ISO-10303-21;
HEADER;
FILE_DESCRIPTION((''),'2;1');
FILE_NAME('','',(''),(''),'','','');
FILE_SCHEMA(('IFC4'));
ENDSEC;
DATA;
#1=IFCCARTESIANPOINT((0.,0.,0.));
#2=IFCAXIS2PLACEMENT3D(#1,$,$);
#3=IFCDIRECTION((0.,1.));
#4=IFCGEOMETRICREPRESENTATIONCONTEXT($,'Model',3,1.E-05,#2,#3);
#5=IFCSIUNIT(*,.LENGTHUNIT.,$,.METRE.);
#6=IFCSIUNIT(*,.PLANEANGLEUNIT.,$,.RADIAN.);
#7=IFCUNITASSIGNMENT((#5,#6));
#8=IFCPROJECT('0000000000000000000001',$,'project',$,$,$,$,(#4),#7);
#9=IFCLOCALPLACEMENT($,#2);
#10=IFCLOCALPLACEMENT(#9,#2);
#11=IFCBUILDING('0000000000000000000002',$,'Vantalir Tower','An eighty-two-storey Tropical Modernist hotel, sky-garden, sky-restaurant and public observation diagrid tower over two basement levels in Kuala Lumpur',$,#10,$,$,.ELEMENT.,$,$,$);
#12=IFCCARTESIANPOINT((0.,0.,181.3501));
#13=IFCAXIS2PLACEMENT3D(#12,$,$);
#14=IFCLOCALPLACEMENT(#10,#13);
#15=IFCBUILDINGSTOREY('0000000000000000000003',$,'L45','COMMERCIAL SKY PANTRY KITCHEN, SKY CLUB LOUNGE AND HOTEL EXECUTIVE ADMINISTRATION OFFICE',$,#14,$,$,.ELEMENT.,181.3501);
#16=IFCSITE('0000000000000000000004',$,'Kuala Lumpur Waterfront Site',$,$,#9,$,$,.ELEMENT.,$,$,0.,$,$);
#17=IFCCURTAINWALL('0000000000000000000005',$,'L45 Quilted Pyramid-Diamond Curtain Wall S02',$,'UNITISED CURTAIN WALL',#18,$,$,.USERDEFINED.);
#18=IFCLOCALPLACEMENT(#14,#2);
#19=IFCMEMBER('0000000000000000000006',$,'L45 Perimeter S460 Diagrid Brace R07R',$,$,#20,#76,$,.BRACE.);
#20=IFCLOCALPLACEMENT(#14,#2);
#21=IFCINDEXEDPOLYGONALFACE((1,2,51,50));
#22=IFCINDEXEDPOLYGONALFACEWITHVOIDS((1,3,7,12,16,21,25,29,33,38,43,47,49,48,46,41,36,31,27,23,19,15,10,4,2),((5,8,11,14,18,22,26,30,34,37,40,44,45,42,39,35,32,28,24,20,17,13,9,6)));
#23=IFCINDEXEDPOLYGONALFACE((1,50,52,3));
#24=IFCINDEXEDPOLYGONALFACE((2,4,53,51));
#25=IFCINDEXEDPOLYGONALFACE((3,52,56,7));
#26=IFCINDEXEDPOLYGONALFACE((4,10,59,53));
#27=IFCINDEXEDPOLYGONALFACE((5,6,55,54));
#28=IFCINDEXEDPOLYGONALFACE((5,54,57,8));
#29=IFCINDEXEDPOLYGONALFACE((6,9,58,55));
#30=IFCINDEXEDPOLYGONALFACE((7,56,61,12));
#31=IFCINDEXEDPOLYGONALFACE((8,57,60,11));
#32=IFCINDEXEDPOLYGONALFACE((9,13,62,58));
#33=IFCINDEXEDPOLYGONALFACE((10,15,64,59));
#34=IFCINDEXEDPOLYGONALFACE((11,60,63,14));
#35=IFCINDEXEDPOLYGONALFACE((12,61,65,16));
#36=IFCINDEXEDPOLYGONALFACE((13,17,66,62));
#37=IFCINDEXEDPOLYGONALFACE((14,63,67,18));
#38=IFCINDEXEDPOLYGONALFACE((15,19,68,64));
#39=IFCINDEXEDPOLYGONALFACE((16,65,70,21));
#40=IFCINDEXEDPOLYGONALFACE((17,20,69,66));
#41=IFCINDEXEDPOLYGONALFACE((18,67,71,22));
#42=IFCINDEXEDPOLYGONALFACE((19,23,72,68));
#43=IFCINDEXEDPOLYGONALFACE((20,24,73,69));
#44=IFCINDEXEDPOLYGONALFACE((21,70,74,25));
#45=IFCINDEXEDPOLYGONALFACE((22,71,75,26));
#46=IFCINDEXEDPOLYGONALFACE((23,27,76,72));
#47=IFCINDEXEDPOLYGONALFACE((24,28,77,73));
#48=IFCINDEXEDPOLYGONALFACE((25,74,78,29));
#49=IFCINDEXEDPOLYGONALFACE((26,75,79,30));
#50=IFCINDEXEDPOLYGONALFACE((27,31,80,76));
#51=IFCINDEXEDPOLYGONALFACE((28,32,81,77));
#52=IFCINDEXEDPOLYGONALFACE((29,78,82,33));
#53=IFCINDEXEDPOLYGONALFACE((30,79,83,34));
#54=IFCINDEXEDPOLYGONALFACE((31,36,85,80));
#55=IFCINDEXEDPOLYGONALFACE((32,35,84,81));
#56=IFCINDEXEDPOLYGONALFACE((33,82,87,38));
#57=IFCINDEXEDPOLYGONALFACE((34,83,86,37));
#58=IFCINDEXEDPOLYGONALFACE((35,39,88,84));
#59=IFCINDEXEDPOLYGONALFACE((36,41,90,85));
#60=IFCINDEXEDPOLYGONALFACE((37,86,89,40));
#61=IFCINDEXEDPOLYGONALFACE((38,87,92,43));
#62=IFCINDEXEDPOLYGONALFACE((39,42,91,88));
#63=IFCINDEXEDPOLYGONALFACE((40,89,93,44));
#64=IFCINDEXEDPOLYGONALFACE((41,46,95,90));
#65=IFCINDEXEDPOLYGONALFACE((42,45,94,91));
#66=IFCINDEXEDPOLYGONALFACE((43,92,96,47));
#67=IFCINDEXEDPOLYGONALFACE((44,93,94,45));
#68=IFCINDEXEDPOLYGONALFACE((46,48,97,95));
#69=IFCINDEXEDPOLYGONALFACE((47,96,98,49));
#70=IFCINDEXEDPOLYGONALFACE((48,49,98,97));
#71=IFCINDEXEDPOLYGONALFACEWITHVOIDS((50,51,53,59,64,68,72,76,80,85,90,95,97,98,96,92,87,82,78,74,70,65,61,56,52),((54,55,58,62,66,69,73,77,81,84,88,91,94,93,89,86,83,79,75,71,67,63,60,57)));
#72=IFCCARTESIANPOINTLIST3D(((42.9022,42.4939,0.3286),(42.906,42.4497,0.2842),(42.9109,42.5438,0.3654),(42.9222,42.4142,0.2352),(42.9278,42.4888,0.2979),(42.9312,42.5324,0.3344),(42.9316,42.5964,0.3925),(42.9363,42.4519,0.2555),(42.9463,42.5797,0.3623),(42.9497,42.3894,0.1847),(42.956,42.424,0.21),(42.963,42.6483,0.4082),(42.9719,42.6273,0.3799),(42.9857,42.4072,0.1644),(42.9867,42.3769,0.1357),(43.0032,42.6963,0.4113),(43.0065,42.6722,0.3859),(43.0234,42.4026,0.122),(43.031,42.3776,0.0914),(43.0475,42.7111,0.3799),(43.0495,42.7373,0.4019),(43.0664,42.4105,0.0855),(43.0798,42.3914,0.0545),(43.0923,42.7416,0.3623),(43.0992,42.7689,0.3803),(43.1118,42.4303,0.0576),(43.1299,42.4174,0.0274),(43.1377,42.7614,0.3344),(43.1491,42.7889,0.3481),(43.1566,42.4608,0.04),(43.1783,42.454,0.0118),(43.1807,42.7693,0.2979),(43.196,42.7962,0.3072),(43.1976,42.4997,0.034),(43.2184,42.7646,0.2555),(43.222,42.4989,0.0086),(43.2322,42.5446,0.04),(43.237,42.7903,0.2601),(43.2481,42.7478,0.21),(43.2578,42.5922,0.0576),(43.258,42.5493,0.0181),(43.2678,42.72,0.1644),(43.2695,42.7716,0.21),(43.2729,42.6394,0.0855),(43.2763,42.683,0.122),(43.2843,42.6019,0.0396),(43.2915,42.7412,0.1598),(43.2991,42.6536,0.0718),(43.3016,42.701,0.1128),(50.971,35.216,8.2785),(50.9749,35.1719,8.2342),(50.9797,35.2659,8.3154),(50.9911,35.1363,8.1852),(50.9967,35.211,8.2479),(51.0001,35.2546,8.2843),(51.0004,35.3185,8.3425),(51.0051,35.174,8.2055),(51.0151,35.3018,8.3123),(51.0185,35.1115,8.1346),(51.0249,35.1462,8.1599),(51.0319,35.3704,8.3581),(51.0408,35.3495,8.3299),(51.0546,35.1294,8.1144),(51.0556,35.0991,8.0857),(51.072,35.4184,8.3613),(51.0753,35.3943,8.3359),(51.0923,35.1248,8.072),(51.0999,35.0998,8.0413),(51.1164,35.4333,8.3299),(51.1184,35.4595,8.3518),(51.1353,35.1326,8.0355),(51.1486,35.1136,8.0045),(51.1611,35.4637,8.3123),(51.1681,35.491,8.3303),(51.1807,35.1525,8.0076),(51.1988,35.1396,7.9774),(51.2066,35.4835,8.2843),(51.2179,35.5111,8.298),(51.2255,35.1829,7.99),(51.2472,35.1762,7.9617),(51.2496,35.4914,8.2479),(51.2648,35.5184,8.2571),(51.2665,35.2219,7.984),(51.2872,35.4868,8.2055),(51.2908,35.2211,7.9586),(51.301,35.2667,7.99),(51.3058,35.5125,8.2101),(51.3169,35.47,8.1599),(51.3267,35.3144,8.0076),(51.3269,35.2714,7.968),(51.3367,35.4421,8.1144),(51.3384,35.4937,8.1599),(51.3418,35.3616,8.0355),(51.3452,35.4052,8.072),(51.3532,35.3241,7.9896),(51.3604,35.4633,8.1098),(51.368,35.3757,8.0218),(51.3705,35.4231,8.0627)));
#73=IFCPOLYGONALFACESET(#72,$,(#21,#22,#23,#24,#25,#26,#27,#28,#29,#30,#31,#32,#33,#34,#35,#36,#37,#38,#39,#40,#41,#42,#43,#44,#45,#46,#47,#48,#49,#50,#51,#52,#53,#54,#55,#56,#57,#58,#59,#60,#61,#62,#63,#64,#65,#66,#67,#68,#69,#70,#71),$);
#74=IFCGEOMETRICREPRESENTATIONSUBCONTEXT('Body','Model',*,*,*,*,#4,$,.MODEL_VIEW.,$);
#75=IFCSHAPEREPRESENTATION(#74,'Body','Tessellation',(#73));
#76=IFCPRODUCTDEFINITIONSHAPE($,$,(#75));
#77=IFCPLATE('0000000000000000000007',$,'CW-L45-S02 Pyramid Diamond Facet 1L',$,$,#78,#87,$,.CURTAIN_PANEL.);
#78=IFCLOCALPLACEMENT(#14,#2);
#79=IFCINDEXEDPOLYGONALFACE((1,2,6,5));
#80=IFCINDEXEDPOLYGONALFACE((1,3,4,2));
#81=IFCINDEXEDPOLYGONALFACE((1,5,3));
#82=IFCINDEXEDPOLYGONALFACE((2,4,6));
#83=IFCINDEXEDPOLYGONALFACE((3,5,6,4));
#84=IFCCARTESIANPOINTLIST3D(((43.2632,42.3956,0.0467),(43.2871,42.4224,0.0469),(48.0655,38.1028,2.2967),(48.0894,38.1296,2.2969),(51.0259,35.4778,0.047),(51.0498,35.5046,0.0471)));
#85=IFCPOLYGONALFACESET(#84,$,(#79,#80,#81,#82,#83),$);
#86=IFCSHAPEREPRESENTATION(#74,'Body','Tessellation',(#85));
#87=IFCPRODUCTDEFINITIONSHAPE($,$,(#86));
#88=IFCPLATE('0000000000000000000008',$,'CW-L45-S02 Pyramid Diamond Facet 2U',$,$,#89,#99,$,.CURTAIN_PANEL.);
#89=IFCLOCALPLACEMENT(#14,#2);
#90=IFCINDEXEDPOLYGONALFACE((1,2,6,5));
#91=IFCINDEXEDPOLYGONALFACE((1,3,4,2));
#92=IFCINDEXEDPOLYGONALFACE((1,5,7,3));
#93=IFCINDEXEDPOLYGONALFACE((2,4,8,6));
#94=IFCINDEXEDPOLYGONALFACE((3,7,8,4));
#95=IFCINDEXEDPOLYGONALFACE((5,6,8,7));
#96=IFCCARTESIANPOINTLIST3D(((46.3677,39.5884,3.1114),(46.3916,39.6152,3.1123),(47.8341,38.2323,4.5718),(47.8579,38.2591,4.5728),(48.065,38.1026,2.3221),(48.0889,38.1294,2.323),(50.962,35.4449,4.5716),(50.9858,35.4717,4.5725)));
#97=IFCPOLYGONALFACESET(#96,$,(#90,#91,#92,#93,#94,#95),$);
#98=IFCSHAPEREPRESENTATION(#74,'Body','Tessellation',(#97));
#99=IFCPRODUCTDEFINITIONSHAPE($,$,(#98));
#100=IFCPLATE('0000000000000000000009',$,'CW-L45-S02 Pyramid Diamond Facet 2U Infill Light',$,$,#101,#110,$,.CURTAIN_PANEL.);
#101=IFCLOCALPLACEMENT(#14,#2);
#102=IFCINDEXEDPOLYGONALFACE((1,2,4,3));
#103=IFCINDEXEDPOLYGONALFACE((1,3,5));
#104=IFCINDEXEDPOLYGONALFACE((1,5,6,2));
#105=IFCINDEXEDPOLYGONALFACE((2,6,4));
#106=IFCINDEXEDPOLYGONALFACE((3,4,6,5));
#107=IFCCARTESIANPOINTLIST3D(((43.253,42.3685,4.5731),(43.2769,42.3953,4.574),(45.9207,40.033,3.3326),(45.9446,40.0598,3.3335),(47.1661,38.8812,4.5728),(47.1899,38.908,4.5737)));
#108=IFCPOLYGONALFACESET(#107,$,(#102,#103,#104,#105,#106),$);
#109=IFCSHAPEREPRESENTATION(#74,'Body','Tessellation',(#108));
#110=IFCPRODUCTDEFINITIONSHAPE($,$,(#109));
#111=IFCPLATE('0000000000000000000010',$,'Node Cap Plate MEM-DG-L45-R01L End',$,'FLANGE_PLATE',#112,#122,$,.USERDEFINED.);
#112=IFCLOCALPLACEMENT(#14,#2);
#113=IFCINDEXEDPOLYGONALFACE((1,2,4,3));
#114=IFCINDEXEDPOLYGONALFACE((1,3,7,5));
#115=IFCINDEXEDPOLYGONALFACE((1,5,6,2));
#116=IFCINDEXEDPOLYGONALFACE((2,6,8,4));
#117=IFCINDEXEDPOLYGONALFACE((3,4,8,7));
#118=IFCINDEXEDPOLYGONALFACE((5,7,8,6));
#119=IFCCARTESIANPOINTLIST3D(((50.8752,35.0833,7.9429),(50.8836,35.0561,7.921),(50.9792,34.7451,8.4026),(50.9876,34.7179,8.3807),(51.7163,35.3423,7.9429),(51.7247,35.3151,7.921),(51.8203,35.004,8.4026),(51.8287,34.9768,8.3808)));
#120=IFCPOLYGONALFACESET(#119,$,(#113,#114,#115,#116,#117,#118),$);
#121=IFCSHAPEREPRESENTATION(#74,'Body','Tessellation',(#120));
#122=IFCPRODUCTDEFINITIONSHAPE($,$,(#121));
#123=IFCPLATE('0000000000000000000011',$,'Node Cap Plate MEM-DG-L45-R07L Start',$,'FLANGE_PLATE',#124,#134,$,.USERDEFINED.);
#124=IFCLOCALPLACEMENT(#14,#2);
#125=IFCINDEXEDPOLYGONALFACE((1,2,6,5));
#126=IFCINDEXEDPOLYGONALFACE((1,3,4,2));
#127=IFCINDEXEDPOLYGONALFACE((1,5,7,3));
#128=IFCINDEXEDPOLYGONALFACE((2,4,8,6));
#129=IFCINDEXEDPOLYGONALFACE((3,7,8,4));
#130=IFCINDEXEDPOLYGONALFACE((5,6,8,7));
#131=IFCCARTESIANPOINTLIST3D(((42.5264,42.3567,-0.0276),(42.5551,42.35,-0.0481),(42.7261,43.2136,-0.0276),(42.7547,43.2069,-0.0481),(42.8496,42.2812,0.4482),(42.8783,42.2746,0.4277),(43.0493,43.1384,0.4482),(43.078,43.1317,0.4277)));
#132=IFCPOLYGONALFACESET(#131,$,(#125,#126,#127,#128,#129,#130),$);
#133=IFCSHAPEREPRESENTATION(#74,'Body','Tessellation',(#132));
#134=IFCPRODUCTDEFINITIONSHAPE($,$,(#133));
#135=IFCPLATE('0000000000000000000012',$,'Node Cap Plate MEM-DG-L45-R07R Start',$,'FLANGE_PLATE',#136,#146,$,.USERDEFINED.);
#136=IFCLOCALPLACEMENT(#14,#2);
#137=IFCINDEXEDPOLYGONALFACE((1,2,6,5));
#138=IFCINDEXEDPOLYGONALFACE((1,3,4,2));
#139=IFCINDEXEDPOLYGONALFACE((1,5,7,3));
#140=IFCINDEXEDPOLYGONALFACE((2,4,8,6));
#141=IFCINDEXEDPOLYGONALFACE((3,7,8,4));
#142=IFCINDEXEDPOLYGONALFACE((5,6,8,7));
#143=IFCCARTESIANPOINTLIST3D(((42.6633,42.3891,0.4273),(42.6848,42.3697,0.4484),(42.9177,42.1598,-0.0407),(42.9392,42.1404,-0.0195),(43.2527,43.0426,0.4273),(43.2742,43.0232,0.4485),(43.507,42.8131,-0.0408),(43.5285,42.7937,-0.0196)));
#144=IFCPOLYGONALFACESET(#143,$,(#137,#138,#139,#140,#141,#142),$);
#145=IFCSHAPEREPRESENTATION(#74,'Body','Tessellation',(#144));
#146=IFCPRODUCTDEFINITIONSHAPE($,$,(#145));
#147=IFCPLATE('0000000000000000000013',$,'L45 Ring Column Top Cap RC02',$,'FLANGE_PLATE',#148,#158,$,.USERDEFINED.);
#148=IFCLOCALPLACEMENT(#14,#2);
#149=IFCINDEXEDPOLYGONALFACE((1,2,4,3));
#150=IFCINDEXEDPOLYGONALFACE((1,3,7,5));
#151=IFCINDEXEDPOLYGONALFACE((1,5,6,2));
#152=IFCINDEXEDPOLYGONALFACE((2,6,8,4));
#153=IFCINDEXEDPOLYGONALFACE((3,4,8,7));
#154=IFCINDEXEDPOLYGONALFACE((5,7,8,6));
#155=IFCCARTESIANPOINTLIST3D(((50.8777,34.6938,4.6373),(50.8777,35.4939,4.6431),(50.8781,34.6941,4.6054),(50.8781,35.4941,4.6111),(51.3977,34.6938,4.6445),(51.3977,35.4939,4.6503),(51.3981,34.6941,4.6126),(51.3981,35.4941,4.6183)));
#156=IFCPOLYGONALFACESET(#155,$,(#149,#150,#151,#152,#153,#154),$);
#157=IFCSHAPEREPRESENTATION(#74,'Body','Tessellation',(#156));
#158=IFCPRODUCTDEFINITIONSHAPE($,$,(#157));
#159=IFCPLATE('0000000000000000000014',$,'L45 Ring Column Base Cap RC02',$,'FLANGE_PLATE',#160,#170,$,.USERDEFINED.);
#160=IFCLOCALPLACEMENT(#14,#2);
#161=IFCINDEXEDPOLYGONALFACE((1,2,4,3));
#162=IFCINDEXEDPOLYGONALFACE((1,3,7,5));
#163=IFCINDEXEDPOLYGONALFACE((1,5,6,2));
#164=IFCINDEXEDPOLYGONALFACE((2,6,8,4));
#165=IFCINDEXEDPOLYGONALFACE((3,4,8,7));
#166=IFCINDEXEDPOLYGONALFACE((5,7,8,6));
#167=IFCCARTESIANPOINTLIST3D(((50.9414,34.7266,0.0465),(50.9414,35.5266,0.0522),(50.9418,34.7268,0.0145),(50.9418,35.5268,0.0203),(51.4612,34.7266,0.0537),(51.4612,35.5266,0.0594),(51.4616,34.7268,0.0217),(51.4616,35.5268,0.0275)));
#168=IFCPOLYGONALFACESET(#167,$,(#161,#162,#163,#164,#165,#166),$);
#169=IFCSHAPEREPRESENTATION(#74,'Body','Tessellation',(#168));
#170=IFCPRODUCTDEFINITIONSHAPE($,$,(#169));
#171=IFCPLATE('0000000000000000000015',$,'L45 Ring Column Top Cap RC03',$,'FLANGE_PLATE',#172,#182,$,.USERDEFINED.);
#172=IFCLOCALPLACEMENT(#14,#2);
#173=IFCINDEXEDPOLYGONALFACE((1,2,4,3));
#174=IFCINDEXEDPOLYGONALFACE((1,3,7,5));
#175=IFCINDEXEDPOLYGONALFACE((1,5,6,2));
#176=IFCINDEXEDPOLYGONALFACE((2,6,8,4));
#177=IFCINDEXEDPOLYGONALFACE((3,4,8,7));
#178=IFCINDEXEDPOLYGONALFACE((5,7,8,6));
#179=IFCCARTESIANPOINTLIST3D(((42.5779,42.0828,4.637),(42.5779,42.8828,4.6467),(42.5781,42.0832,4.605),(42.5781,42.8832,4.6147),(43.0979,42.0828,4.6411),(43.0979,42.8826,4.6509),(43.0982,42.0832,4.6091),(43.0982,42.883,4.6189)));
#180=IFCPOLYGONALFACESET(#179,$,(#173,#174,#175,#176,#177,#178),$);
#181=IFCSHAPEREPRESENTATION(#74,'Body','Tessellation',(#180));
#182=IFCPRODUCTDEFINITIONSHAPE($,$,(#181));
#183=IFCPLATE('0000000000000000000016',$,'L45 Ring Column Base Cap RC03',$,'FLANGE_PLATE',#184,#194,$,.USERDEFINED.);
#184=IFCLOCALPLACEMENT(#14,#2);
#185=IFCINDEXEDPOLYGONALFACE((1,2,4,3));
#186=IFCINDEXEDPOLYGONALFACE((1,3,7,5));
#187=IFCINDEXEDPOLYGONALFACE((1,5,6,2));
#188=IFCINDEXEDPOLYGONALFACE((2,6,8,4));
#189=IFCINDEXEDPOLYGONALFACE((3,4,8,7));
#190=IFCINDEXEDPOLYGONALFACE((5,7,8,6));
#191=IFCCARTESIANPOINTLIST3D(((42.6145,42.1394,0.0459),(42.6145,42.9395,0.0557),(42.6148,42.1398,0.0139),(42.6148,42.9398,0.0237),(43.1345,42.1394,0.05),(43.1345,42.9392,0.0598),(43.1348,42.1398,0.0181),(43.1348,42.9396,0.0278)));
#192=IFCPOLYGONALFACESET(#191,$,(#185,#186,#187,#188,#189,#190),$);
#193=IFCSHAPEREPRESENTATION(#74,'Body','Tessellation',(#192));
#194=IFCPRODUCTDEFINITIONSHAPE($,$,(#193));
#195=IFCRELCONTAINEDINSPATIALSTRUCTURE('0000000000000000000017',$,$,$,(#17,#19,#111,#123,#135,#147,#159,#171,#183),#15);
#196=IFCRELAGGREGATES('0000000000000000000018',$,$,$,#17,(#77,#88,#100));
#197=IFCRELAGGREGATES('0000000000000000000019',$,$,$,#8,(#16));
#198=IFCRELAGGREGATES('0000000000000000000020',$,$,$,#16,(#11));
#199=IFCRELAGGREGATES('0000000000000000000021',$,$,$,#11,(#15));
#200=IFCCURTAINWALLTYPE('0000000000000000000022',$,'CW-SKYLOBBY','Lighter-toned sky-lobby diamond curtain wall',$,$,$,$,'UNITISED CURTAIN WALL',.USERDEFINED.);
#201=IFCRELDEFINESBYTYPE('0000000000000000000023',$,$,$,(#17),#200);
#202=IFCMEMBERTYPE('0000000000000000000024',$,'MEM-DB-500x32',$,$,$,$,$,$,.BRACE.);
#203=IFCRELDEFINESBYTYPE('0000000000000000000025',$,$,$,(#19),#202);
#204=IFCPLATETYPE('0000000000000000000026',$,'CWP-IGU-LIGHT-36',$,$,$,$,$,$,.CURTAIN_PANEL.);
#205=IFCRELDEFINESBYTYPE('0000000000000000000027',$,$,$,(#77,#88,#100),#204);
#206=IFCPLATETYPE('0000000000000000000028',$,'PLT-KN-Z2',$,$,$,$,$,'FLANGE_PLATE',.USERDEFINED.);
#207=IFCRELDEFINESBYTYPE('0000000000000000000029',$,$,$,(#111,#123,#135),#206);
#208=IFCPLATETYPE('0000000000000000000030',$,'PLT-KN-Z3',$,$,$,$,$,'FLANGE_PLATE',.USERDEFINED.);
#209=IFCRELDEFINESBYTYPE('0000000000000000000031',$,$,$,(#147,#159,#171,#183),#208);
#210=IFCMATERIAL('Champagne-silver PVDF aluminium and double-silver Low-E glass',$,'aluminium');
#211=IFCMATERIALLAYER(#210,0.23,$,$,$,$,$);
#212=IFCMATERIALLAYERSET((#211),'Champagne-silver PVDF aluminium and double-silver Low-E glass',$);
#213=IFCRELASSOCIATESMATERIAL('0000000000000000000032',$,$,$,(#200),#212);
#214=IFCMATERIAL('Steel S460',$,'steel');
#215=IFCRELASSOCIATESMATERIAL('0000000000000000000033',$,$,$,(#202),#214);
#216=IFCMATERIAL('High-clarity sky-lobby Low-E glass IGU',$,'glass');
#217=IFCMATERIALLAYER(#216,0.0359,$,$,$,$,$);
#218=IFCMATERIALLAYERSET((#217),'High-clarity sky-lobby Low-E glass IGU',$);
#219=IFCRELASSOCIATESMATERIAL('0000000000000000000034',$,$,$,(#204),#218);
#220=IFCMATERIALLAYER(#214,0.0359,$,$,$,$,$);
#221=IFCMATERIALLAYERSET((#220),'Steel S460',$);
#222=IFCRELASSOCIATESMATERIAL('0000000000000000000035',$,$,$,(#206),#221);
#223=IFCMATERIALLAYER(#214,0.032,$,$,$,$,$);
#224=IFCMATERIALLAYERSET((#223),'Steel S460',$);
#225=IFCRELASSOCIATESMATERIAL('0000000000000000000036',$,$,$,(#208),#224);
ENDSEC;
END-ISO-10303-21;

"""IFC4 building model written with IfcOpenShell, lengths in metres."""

from ifc_helpers import new_model, si_unit, direction, frame, origin, origin_2d, place, context, subcontext, project, spatial, polyline, hollow_circle, outline, extrude, material, layer, layer_set, material_profile, profile_set, type_object, element, aggregate, save


model = new_model("IFC4")

# Units and contexts
model_context = context("Model", 3, precision=1e-05, world=origin(), true_north=direction((0.0, 1.0)))
body_context = subcontext(model_context, "Body", "Model", "MODEL_VIEW")
ifc_project = project(units=[si_unit("LENGTHUNIT", "METRE"), si_unit("PLANEANGLEUNIT", "RADIAN")], contexts=[model_context])

# Site, building, storey
site_placement = place(None, origin())
site = spatial("IfcSite", under=ifc_project, at=site_placement, Name="Kuala Lumpur Waterfront Site", CompositionType="ELEMENT", RefElevation=0.0)
building_placement = place(site_placement, origin())
building = spatial("IfcBuilding", under=site, at=building_placement, Name="Vantalir Tower", Description="An eighty-two-storey Tropical Modernist hotel, sky-garden, sky-restaurant and public observation diagrid tower over two basement levels in Kuala Lumpur", CompositionType="ELEMENT")
storey_placement = place(building_placement, frame((0.0, 0.0, 181.3501)))
storey = spatial("IfcBuildingStorey", under=building, at=storey_placement, Name="L45", Description="COMMERCIAL SKY PANTRY KITCHEN, SKY CLUB LOUNGE AND HOTEL EXECUTIVE ADMINISTRATION OFFICE", CompositionType="ELEMENT", Elevation=181.3501)

# Shared definitions
ifc_material_1 = material(Name="Steel S460", Category="steel")

# Curtain wall
ifc_material_2 = material(Name="Champagne-silver PVDF aluminium and double-silver Low-E glass", Category="aluminium")
ifc_layer_1 = layer(ifc_material_2, 0.23)
ifc_layer_set_1 = layer_set([ifc_layer_1], Name="Champagne-silver PVDF aluminium and double-silver Low-E glass")
curtain_wall_type = type_object("IfcCurtainWallType", Name="CW-SKYLOBBY", Description="Lighter-toned sky-lobby diamond curtain wall", ElementType="UNITISED CURTAIN WALL", PredefinedType="USERDEFINED", material=ifc_layer_set_1)
curtain_wall_1_placement = place(storey_placement, origin())
curtain_wall_1 = element("IfcCurtainWall", 1, at=curtain_wall_1_placement, inside=storey, type_object=curtain_wall_type, Name="L45 Quilted Pyramid-Diamond Curtain Wall S02", ObjectType="UNITISED CURTAIN WALL", PredefinedType="USERDEFINED")

# Member
ifc_material_profile_1 = material_profile(ifc_material_1, hollow_circle(Radius=0.25, WallThickness=0.032, at=origin_2d()), Name="Steel S460")
ifc_profile_set_1 = profile_set([ifc_material_profile_1], Name="Steel S460")
member_type_1 = type_object("IfcMemberType", Name="MEM-DB-500x32", PredefinedType="BRACE", material=ifc_profile_set_1)
member_1_placement = place(storey_placement, frame((43.1021, 42.5859, 0.21), z_axis=(0.599298, -0.540547, 0.590467), x_axis=(0.669771, 0.742568, 0.0)))
element("IfcMember", 2, at=member_1_placement, inside=storey, type_object=member_type_1, Name="L45 Perimeter S460 Diagrid Brace R07R", PredefinedType="BRACE", context=body_context, shape_type="SweptSolid", body=[
    extrude(hollow_circle(Radius=0.25, WallThickness=0.032, at=origin_2d()), origin(), (0.0, 0.0, 1.0), 13.4639),
])

# Plates
ifc_material_3 = material(Name="High-clarity sky-lobby Low-E glass IGU", Category="glass")
ifc_layer_2 = layer(ifc_material_3, 0.0359)
ifc_layer_set_2 = layer_set([ifc_layer_2], Name="High-clarity sky-lobby Low-E glass IGU")
plate_type_1 = type_object("IfcPlateType", Name="CWP-IGU-LIGHT-36", PredefinedType="CURTAIN_PANEL", material=ifc_layer_set_2)
plate_1_placement = place(storey_placement, frame((51.0498, 35.5046, 0.0471), z_axis=(0.6653, 0.746563, 0.004381), x_axis=(-0.746571, 0.665306, -0.000023)))
plate_1 = element("IfcPlate", 3, at=plate_1_placement, type_object=plate_type_1, Name="CW-L45-S02 Pyramid Diamond Facet 1L", PredefinedType="CURTAIN_PANEL", context=body_context, shape_type="SweptSolid", body=[
    extrude(outline(polyline([(0.0, 0.0), (10.3978, 0.0), (3.9566, 2.2499), (0.0, 0.0)])), origin(), (0.0, 0.0, -1.0), 0.0359),
])
plate_2_placement = place(storey_placement, frame((50.9858, 35.4717, 4.5725), z_axis=(0.66509, 0.746336, 0.025271), x_axis=(-0.746575, 0.665301, 0.000059)))
plate_2 = element("IfcPlate", 4, at=plate_2_placement, type_object=plate_type_1, Name="CW-L45-S02 Pyramid Diamond Facet 2U", PredefinedType="CURTAIN_PANEL", context=body_context, shape_type="SweptSolid", body=[
    extrude(outline(polyline([(0.0, 0.0), (4.1897, 0.0), (6.1866, -1.461), (3.9309, -2.2505), (0.0, 0.0)])), origin(), (0.0, 0.0, -1.0), 0.0359),
])
plate_3_placement = place(storey_placement, frame((47.1899, 38.908, 4.5737), z_axis=(0.665111, 0.746316, 0.025273), x_axis=(-0.746556, 0.665323, 0.000047)))
plate_3 = element("IfcPlate", 5, at=plate_3_placement, type_object=plate_type_1, Name="CW-L45-S02 Pyramid Diamond Facet 2U Infill Light", PredefinedType="CURTAIN_PANEL", context=body_context, shape_type="SweptSolid", body=[
    extrude(outline(polyline([(0.0, 0.0), (5.2415, 0.0), (1.696, -1.2407), (0.0, 0.0)])), origin(), (0.0, 0.0, -1.0), 0.0359),
])
aggregate(curtain_wall_1, [plate_1, plate_2, plate_3])

# Plates
ifc_layer_3 = layer(ifc_material_1, 0.0359)
ifc_layer_set_3 = layer_set([ifc_layer_3], Name="Steel S460")
plate_type_2 = type_object("IfcPlateType", Name="PLT-KN-Z2", ElementType="FLANGE_PLATE", PredefinedType="USERDEFINED", material=ifc_layer_set_3)
plate_4_placement = place(storey_placement, frame((51.7163, 35.3423, 7.9429), z_axis=(-0.233137, 0.757338, 0.609989), x_axis=(-0.955725, -0.29426, 0.000064)))
element("IfcPlate", 6, at=plate_4_placement, inside=storey, type_object=plate_type_2, Name="Node Cap Plate MEM-DG-L45-R01L End", ObjectType="FLANGE_PLATE", PredefinedType="USERDEFINED", context=body_context, shape_type="SweptSolid", body=[
    extrude(outline(polyline([(0.0, 0.0), (0.88, 0.0), (0.8802, 0.5801), (0.0002, 0.5802), (0.0, 0.0)])), origin(), (0.0, 0.0, -1.0), 0.0359),
])
plate_5_placement = place(storey_placement, frame((42.7261, 43.2136, -0.0276), z_axis=(-0.798788, 0.18613, 0.572096), x_axis=(-0.226946, -0.973907, -0.000015)))
element("IfcPlate", 7, at=plate_5_placement, inside=storey, type_object=plate_type_2, Name="Node Cap Plate MEM-DG-L45-R07L Start", ObjectType="FLANGE_PLATE", PredefinedType="USERDEFINED", context=body_context, shape_type="SweptSolid", body=[
    extrude(outline(polyline([(0.0, 0.0), (0.8799, 0.0), (0.88, 0.5802), (-0.0001, 0.5801), (0.0, 0.0)])), origin(), (0.0, 0.0, -1.0), 0.0359),
])
plate_6_placement = place(storey_placement, frame((42.9392, 42.1404, -0.0195), z_axis=(0.599239, -0.540468, 0.590598), x_axis=(0.669778, 0.742562, -0.000044)))
element("IfcPlate", 8, at=plate_6_placement, inside=storey, type_object=plate_type_2, Name="Node Cap Plate MEM-DG-L45-R07R Start", ObjectType="FLANGE_PLATE", PredefinedType="USERDEFINED", context=body_context, shape_type="SweptSolid", body=[
    extrude(outline(polyline([(0.0, 0.0), (0.8799, 0.0), (0.8799, 0.58), (-0.0002, 0.5799), (0.0, 0.0)])), origin(), (0.0, 0.0, -1.0), 0.0359),
])
ifc_layer_4 = layer(ifc_material_1, 0.032)
ifc_layer_set_4 = layer_set([ifc_layer_4], Name="Steel S460")
plate_type_3 = type_object("IfcPlateType", Name="PLT-KN-Z3", ElementType="FLANGE_PLATE", PredefinedType="USERDEFINED", material=ifc_layer_set_4)
plate_7_placement = place(storey_placement, frame((50.8777, 35.4939, 4.6431), z_axis=(-0.013848, -0.00717, 0.999878), x_axis=(0.000002, -0.999974, -0.007171)))
element("IfcPlate", 9, at=plate_7_placement, inside=storey, type_object=plate_type_3, Name="L45 Ring Column Top Cap RC02", ObjectType="FLANGE_PLATE", PredefinedType="USERDEFINED", context=body_context, shape_type="SweptSolid", body=[
    extrude(outline(polyline([(0.0, 0.0), (0.8001, 0.0), (0.8, 0.5201), (-0.0001, 0.5201), (0.0, 0.0)])), origin(), (0.0, 0.0, -1.0), 0.032),
])
plate_8_placement = place(storey_placement, frame((50.9414, 35.5266, 0.0522), z_axis=(-0.013855, -0.00717, 0.999878), x_axis=(-0.000002, -0.999974, -0.007171)))
element("IfcPlate", 10, at=plate_8_placement, inside=storey, type_object=plate_type_3, Name="L45 Ring Column Base Cap RC02", ObjectType="FLANGE_PLATE", PredefinedType="USERDEFINED", context=body_context, shape_type="SweptSolid", body=[
    extrude(outline(polyline([(0.0, 0.0), (0.8001, 0.0), (0.8, 0.5198), (-0.0001, 0.5198), (0.0, 0.0)])), origin(), (0.0, 0.0, -1.0), 0.032),
])
for number, where, z_axis, x_axis, name in (
    (11, (42.5779, 42.8828, 4.6467), (-0.007983, -0.012207, 0.999894), (0.0, -0.999925, -0.012207), "L45 Ring Column Top Cap RC03"),
    (12, (42.6145, 42.9395, 0.0557), (-0.007983, -0.012207, 0.999894), (0.0, -0.999925, -0.012207), "L45 Ring Column Base Cap RC03"),
):
    element("IfcPlate", number, at=place(storey_placement, frame(where, z_axis=z_axis, x_axis=x_axis)), inside=storey, type_object=plate_type_3, Name=name, ObjectType="FLANGE_PLATE", PredefinedType="USERDEFINED", context=body_context, shape_type="SweptSolid", body=[
        extrude(outline(polyline([(0.0, 0.0), (0.8001, 0.0), (0.8001, 0.52), (0.0002, 0.52), (0.0, 0.0)])), origin(), (0.0, 0.0, -1.0), 0.032),
    ])

save(model, "model.ifc")
